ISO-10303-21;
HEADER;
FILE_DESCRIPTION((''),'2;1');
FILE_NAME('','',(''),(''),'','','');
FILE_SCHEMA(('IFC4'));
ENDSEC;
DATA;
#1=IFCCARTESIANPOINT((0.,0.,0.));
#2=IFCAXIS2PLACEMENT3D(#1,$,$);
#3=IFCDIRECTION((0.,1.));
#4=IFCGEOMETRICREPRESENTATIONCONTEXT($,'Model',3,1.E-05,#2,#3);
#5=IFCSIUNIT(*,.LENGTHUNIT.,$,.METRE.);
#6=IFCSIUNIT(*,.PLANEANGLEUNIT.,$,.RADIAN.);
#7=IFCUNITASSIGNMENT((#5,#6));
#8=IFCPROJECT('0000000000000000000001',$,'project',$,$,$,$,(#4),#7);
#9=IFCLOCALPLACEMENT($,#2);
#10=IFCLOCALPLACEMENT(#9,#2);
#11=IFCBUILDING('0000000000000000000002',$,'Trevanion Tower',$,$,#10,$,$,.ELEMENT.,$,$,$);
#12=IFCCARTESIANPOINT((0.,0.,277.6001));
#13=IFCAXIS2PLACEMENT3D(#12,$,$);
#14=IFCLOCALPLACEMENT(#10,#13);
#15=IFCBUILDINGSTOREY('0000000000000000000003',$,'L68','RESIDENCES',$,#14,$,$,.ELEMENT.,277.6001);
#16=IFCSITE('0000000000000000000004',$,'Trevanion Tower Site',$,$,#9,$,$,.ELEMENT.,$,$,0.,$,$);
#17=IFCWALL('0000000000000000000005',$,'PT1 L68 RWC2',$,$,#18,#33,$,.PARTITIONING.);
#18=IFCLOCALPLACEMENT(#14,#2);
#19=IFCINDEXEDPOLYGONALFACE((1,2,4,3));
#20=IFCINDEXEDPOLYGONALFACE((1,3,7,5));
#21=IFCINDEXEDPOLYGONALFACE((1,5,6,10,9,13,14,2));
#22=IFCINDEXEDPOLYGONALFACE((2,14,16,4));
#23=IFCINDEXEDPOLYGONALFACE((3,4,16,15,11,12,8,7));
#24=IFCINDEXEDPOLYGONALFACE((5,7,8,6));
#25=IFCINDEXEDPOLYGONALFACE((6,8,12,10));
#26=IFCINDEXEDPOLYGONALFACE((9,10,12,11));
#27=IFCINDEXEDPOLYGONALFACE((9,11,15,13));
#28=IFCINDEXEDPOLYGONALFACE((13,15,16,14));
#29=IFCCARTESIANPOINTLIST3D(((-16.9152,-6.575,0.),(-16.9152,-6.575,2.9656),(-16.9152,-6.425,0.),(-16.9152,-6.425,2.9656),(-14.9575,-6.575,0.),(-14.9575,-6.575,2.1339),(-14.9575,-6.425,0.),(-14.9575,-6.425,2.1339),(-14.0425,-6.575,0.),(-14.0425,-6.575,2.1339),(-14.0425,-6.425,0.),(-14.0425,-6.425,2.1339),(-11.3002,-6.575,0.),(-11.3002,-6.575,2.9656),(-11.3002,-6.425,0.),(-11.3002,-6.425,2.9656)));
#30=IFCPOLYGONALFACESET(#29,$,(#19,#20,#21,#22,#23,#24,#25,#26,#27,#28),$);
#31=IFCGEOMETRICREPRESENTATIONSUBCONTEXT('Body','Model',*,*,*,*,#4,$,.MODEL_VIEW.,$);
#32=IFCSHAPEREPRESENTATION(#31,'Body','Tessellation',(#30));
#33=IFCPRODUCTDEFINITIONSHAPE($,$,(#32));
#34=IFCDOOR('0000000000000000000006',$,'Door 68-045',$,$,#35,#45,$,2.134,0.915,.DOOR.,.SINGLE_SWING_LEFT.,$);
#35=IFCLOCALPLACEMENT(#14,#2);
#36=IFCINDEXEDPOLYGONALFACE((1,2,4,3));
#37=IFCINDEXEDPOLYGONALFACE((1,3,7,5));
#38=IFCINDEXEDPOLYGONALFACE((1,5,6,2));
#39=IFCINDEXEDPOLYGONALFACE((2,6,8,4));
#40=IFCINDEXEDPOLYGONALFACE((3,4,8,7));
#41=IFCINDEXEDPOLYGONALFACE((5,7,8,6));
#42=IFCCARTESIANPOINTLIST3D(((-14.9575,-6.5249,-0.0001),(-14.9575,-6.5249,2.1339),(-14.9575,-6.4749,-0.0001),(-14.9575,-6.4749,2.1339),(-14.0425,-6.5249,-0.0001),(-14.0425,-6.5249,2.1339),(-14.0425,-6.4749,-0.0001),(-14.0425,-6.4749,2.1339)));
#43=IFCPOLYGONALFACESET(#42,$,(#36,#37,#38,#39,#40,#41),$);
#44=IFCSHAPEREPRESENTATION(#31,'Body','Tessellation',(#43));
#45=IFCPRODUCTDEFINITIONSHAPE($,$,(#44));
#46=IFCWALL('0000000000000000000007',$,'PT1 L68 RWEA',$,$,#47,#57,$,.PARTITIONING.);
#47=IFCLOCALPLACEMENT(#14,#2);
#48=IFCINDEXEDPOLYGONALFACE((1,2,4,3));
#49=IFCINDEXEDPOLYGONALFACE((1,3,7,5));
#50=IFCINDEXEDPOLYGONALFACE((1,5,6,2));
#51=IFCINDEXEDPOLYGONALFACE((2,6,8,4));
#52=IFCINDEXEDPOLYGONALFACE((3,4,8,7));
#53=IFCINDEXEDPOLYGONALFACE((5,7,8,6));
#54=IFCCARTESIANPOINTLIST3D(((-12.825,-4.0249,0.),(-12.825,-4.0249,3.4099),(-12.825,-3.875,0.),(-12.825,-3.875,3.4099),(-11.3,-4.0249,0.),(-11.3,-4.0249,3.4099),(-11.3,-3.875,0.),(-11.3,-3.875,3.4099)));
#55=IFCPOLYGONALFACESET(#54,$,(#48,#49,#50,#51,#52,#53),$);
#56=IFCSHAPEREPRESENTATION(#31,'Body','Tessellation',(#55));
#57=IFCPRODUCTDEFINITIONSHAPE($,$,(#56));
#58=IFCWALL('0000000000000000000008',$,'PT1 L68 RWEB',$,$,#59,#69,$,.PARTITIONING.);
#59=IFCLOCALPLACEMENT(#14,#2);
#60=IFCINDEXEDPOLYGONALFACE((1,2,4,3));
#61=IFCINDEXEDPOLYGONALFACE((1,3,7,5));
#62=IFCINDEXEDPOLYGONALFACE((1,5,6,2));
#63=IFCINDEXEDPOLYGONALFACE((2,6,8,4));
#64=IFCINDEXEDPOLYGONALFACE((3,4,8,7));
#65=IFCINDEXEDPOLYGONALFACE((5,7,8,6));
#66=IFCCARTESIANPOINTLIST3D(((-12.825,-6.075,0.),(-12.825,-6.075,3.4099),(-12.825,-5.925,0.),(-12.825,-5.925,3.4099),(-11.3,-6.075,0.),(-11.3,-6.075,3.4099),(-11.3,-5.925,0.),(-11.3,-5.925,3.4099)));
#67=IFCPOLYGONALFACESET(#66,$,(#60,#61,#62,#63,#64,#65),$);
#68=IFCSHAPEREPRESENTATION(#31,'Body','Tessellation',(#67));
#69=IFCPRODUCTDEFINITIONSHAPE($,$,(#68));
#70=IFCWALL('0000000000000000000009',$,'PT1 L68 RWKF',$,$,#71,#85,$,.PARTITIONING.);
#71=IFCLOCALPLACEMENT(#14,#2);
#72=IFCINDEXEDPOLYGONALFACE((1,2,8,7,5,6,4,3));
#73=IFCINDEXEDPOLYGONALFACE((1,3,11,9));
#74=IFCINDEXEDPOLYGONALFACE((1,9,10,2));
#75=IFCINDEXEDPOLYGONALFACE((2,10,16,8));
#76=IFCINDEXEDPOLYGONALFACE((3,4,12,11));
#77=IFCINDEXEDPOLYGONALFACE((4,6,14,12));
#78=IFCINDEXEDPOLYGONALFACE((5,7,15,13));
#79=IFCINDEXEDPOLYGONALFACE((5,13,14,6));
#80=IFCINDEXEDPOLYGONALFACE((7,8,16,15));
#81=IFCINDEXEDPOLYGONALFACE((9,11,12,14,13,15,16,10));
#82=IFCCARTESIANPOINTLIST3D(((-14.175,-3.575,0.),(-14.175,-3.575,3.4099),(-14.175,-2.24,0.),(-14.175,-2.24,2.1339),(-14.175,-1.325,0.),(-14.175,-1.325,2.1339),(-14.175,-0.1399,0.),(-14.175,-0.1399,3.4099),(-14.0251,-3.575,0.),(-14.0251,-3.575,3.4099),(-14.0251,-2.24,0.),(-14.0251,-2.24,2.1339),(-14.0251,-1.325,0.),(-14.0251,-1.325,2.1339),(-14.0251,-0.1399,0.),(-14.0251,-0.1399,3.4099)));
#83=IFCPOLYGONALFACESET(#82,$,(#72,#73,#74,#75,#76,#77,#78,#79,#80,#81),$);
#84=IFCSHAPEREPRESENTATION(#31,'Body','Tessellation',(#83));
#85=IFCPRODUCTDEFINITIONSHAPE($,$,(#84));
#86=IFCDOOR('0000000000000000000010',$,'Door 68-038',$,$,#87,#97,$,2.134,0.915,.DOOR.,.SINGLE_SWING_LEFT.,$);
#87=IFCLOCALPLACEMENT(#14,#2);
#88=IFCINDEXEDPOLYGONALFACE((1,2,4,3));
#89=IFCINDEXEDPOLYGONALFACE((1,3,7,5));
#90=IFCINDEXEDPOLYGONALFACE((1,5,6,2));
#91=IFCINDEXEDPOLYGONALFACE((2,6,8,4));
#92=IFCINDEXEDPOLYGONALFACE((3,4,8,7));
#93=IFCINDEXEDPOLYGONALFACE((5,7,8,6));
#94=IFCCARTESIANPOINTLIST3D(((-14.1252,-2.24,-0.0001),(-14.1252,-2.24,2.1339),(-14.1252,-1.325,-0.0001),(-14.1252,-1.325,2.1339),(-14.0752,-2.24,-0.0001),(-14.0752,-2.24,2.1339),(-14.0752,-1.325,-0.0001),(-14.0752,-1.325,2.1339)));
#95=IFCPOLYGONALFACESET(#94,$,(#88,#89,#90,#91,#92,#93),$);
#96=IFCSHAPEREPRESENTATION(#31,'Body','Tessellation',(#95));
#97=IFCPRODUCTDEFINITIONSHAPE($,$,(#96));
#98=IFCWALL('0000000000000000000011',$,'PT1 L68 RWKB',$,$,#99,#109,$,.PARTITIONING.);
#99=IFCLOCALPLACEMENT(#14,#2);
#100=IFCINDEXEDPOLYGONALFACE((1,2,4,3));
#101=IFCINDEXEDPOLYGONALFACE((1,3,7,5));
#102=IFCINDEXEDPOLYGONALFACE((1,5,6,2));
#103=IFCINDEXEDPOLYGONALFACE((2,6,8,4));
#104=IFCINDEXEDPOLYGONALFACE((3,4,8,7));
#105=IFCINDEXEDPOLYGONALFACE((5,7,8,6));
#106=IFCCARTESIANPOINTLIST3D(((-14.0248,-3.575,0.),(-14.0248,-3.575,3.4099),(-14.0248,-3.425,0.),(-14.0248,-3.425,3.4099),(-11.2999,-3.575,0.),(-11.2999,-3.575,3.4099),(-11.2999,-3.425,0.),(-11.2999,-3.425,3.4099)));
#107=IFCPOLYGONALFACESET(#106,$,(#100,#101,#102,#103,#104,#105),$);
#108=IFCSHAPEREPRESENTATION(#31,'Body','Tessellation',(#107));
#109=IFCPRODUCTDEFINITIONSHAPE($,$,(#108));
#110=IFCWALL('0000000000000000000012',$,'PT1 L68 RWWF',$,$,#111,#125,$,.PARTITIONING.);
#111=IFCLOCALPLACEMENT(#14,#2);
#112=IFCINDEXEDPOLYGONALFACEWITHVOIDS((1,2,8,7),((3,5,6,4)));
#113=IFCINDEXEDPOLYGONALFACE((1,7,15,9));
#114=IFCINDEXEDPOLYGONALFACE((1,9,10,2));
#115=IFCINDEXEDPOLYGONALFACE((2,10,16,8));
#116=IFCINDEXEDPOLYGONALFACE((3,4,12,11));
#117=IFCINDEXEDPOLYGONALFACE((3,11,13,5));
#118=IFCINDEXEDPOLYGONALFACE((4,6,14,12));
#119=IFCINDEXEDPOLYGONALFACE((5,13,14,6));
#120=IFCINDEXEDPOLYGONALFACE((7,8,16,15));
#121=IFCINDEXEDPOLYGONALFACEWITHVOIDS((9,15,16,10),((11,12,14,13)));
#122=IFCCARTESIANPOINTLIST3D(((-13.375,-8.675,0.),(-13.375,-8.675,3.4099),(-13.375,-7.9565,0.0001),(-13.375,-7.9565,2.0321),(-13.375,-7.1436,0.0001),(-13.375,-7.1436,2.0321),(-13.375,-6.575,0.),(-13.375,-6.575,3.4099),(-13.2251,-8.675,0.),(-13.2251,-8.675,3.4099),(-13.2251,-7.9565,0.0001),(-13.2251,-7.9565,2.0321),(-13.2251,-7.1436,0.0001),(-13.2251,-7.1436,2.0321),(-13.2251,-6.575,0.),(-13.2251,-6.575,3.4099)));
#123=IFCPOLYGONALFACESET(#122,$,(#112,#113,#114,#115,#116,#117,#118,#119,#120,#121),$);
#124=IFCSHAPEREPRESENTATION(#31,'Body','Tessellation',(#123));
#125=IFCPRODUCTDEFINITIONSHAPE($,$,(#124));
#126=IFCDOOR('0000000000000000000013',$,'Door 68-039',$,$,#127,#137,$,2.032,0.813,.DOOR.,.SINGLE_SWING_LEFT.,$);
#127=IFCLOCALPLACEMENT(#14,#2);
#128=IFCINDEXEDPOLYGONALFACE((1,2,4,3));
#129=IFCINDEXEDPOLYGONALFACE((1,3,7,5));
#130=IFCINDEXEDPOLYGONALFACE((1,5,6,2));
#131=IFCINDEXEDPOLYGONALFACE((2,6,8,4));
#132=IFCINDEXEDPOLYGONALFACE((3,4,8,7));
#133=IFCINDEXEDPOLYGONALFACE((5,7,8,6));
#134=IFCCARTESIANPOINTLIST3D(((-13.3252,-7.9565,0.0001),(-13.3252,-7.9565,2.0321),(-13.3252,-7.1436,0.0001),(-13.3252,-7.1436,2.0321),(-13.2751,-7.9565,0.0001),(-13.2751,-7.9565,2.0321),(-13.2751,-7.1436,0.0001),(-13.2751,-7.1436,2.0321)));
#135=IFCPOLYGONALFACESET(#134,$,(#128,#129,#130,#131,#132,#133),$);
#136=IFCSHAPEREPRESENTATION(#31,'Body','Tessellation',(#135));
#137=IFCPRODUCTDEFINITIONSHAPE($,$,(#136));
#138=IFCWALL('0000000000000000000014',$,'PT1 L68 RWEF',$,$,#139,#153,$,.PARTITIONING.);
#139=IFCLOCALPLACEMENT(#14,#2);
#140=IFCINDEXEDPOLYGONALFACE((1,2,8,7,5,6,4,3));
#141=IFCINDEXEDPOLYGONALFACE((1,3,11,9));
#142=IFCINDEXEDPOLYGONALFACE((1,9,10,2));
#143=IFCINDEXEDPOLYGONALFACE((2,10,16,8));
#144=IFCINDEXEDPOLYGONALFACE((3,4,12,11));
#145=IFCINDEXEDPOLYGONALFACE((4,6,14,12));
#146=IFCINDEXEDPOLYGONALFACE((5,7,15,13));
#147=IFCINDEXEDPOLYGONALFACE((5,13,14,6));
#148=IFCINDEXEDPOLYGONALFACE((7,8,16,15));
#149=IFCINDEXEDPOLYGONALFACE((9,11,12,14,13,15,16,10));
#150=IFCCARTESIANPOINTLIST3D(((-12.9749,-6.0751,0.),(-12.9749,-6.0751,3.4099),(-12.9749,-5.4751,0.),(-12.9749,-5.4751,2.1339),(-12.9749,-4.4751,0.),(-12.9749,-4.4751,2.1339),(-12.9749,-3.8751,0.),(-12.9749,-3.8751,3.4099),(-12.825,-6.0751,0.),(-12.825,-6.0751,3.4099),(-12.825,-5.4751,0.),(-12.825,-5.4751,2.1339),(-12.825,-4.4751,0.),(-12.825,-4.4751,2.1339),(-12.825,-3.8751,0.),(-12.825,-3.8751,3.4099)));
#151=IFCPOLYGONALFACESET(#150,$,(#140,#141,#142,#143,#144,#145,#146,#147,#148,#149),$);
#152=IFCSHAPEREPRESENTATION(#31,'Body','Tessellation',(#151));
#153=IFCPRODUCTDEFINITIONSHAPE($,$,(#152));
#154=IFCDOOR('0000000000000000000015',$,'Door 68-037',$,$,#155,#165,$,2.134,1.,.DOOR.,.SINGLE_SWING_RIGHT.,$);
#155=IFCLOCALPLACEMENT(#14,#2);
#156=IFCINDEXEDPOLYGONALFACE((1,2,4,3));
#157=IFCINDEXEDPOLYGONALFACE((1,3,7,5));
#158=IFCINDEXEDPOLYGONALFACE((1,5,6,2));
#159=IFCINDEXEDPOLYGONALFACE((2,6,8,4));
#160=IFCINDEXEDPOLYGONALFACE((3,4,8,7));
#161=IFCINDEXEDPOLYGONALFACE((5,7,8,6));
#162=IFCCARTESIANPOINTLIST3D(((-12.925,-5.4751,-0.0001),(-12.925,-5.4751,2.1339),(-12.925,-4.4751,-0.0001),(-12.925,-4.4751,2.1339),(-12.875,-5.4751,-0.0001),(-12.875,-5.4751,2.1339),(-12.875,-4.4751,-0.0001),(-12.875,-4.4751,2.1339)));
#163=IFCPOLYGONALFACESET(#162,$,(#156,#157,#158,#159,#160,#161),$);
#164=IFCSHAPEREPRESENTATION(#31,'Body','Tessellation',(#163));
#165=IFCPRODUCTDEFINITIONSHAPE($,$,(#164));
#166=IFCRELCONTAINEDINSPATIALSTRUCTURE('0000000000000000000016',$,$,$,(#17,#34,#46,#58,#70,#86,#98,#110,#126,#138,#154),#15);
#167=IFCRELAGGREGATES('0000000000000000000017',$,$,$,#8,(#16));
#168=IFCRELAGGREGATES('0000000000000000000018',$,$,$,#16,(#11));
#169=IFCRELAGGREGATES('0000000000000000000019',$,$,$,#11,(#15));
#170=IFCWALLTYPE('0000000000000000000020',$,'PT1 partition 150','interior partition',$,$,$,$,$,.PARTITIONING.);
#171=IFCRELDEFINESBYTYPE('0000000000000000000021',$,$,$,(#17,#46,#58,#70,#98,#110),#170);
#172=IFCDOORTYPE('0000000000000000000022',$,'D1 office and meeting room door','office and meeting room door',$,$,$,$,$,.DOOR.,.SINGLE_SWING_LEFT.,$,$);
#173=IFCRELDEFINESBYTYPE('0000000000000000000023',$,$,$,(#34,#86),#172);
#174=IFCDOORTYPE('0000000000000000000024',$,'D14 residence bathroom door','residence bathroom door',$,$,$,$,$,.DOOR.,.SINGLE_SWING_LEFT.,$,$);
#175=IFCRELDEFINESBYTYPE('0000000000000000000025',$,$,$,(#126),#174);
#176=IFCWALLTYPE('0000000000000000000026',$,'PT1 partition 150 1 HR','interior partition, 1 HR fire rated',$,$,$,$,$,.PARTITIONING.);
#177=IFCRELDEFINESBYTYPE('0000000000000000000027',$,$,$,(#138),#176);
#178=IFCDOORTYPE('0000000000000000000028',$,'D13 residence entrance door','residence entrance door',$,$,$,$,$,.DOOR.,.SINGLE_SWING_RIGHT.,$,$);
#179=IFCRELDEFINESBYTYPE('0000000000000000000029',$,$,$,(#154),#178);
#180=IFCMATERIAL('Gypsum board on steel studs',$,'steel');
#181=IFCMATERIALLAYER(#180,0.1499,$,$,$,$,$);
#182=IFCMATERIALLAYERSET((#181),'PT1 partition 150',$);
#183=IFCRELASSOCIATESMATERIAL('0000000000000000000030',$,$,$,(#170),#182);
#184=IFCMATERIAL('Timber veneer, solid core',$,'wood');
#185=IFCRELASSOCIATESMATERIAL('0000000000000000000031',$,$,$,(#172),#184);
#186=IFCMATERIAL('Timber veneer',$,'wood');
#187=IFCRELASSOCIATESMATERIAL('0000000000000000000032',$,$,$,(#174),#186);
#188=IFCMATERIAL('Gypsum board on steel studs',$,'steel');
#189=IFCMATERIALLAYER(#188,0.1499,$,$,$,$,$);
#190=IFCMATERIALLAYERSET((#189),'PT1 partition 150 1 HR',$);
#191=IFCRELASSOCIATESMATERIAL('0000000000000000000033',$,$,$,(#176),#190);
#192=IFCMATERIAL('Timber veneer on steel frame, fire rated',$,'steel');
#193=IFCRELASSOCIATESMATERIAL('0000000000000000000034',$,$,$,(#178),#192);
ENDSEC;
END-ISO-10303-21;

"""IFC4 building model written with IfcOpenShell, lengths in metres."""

from ifc_helpers import new_model, si_unit, direction, frame, frame_2d, origin, place, context, subcontext, project, spatial, rectangle, extrude, material, layer, layer_set, type_object, element, fill, save


model = new_model("IFC4")

# Units and contexts
model_context = context("Model", 3, precision=1e-05, world=origin(), true_north=direction((0.0, 1.0)))
body_context = subcontext(model_context, "Body", "Model", "MODEL_VIEW")
ifc_project = project(units=[si_unit("LENGTHUNIT", "METRE"), si_unit("PLANEANGLEUNIT", "RADIAN")], contexts=[model_context])

# Site, building, storey
site_placement = place(None, origin())
site = spatial("IfcSite", under=ifc_project, at=site_placement, Name="Trevanion Tower Site", CompositionType="ELEMENT", RefElevation=0.0)
building_placement = place(site_placement, origin())
building = spatial("IfcBuilding", under=site, at=building_placement, Name="Trevanion Tower", CompositionType="ELEMENT")
storey_placement = place(building_placement, frame((0.0, 0.0, 277.6001)))
storey = spatial("IfcBuildingStorey", under=building, at=storey_placement, Name="L68", Description="RESIDENCES", CompositionType="ELEMENT", Elevation=277.6001)

# Shared definitions
ifc_material_1 = material(Name="Gypsum board on steel studs", Category="steel")
ifc_layer_1 = layer(ifc_material_1, 0.1499)
ifc_layer_set_1 = layer_set([ifc_layer_1], Name="PT1 partition 150")
wall_type_1 = type_object("IfcWallType", Name="PT1 partition 150", Description="interior partition", PredefinedType="PARTITIONING", material=ifc_layer_set_1)
ifc_material_2 = material(Name="Timber veneer, solid core", Category="wood")
door_type_1 = type_object("IfcDoorType", Name="D1 office and meeting room door", Description="office and meeting room door", OperationType="SINGLE_SWING_LEFT", PredefinedType="DOOR", material=ifc_material_2)

# Wall, opening, door
wall_1_placement = place(storey_placement, frame((-11.3, -6.5, 0.0), z_axis=(0.0, 0.0, 1.0), x_axis=(-1.0, 0.0, 0.0)))
wall_1 = element("IfcWall", 1, at=wall_1_placement, inside=storey, type_object=wall_type_1, Name="PT1 L68 RWC2", PredefinedType="PARTITIONING", context=body_context, shape_type="SweptSolid", body=[
    extrude(rectangle(XDim=5.615, YDim=0.1499, at=frame_2d((2.8076, 0.0))), origin(), (0.0, 0.0, 1.0), 2.9656),
])
opening_1_placement = place(wall_1_placement, frame((2.7424, 0.0, 0.0)))
opening_1 = element("IfcOpeningElement", 2, at=opening_1_placement, cuts=wall_1, PredefinedType="OPENING", context=body_context, shape_type="SweptSolid", body=[
    extrude(rectangle(XDim=0.915, YDim=2.134, at=frame_2d((0.4575, 1.0669))), frame((0.0, 0.085, 0.0), z_axis=(0.0, -1.0, 0.0), x_axis=(1.0, 0.0, 0.0)), (0.0, 0.0, 1.0), 0.1699),
])
door_1_placement = place(opening_1_placement, origin())
door_1 = element("IfcDoor", 3, at=door_1_placement, inside=storey, type_object=door_type_1, Name="Door 68-045", OperationType="SINGLE_SWING_LEFT", OverallHeight=2.134, OverallWidth=0.915, PredefinedType="DOOR", context=body_context, shape_type="SweptSolid", body=[
    extrude(rectangle(XDim=0.915, YDim=2.134, at=frame_2d((0.4575, 1.0669))), frame((0.0, 0.0249, 0.0), z_axis=(0.0, -1.0, 0.0), x_axis=(1.0, 0.0, 0.0)), (0.0, 0.0, 1.0), 0.05),
])
fill(opening_1, door_1)

# Walls
for number, where, z_axis, x_axis, name in (
    (4, (-11.3, -3.95, 0.0), (0.0, 0.0, 1.0), (-1.0, 0.0, 0.0), "PT1 L68 RWEA"),
    (5, (-11.3, -6.0, 0.0), (0.0, 0.0, 1.0), (-1.0, 0.0, 0.0), "PT1 L68 RWEB"),
):
    element("IfcWall", number, at=place(storey_placement, frame(where, z_axis=z_axis, x_axis=x_axis)), inside=storey, type_object=wall_type_1, Name=name, PredefinedType="PARTITIONING", context=body_context, shape_type="SweptSolid", body=[
        extrude(rectangle(XDim=1.5249, YDim=0.1499, at=frame_2d((0.7625, 0.0))), origin(), (0.0, 0.0, 1.0), 3.4099),
    ])

# Wall, opening, door
wall_2_placement = place(storey_placement, frame((-14.1001, -0.1399, 0.0), z_axis=(0.0, 0.0, 1.0), x_axis=(0.0, -1.0, 0.0)))
wall_2 = element("IfcWall", 6, at=wall_2_placement, inside=storey, type_object=wall_type_1, Name="PT1 L68 RWKF", PredefinedType="PARTITIONING", context=body_context, shape_type="SweptSolid", body=[
    extrude(rectangle(XDim=3.4351, YDim=0.1499, at=frame_2d((1.7175, 0.0))), origin(), (0.0, 0.0, 1.0), 3.4099),
])
opening_2_placement = place(wall_2_placement, frame((1.1851, 0.0, 0.0)))
opening_2 = element("IfcOpeningElement", 7, at=opening_2_placement, cuts=wall_2, PredefinedType="OPENING", context=body_context, shape_type="SweptSolid", body=[
    extrude(rectangle(XDim=0.915, YDim=2.134, at=frame_2d((0.4575, 1.0669))), frame((0.0, 0.085, 0.0), z_axis=(0.0, -1.0, 0.0), x_axis=(1.0, 0.0, 0.0)), (0.0, 0.0, 1.0), 0.1699),
])
door_2_placement = place(opening_2_placement, origin())
door_2 = element("IfcDoor", 8, at=door_2_placement, inside=storey, type_object=door_type_1, Name="Door 68-038", OperationType="SINGLE_SWING_LEFT", OverallHeight=2.134, OverallWidth=0.915, PredefinedType="DOOR", context=body_context, shape_type="SweptSolid", body=[
    extrude(rectangle(XDim=0.915, YDim=2.134, at=frame_2d((0.4575, 1.0669))), frame((0.0, 0.0249, 0.0), z_axis=(0.0, -1.0, 0.0), x_axis=(1.0, 0.0, 0.0)), (0.0, 0.0, 1.0), 0.05),
])
fill(opening_2, door_2)

# Wall
wall_3_placement = place(storey_placement, frame((-11.3, -3.5, 0.0), z_axis=(0.0, 0.0, 1.0), x_axis=(-1.0, 0.0, 0.0)))
element("IfcWall", 9, at=wall_3_placement, inside=storey, type_object=wall_type_1, Name="PT1 L68 RWKB", PredefinedType="PARTITIONING", context=body_context, shape_type="SweptSolid", body=[
    extrude(rectangle(XDim=2.7249, YDim=0.1499, at=frame_2d((1.3623, 0.0))), origin(), (0.0, 0.0, 1.0), 3.4099),
])

# Walls, openings, doors
wall_4_placement = place(storey_placement, frame((-13.3, -6.575, 0.0), z_axis=(0.0, 0.0, 1.0), x_axis=(0.0, -1.0, 0.0)))
wall_4 = element("IfcWall", 10, at=wall_4_placement, inside=storey, type_object=wall_type_1, Name="PT1 L68 RWWF", PredefinedType="PARTITIONING", context=body_context, shape_type="SweptSolid", body=[
    extrude(rectangle(XDim=2.1001, YDim=0.1499, at=frame_2d((1.05, 0.0))), origin(), (0.0, 0.0, 1.0), 3.4099),
])
opening_3_placement = place(wall_4_placement, frame((0.5686, 0.0, 0.0)))
opening_3 = element("IfcOpeningElement", 11, at=opening_3_placement, cuts=wall_4, PredefinedType="OPENING", context=body_context, shape_type="SweptSolid", body=[
    extrude(rectangle(XDim=0.813, YDim=2.032, at=frame_2d((0.4065, 1.0161))), frame((0.0, 0.085, 0.0), z_axis=(0.0, -1.0, 0.0), x_axis=(1.0, 0.0, 0.0)), (0.0, 0.0, 1.0), 0.1699),
])
ifc_material_3 = material(Name="Timber veneer", Category="wood")
door_type_2 = type_object("IfcDoorType", Name="D14 residence bathroom door", Description="residence bathroom door", OperationType="SINGLE_SWING_LEFT", PredefinedType="DOOR", material=ifc_material_3)
door_3_placement = place(opening_3_placement, origin())
door_3 = element("IfcDoor", 12, at=door_3_placement, inside=storey, type_object=door_type_2, Name="Door 68-039", OperationType="SINGLE_SWING_LEFT", OverallHeight=2.032, OverallWidth=0.813, PredefinedType="DOOR", context=body_context, shape_type="SweptSolid", body=[
    extrude(rectangle(XDim=0.813, YDim=2.032, at=frame_2d((0.4065, 1.0161))), frame((0.0, 0.0249, 0.0), z_axis=(0.0, -1.0, 0.0), x_axis=(1.0, 0.0, 0.0)), (0.0, 0.0, 1.0), 0.05),
])
fill(opening_3, door_3)
ifc_material_4 = material(Name="Gypsum board on steel studs", Category="steel")
ifc_layer_2 = layer(ifc_material_4, 0.1499)
ifc_layer_set_2 = layer_set([ifc_layer_2], Name="PT1 partition 150 1 HR")
wall_type_2 = type_object("IfcWallType", Name="PT1 partition 150 1 HR", Description="interior partition, 1 HR fire rated", PredefinedType="PARTITIONING", material=ifc_layer_set_2)
wall_5_placement = place(storey_placement, frame((-12.8999, -3.875, 0.0), z_axis=(0.0, 0.0, 1.0), x_axis=(0.0, -1.0, 0.0)))
wall_5 = element("IfcWall", 13, at=wall_5_placement, inside=storey, type_object=wall_type_2, Name="PT1 L68 RWEF", PredefinedType="PARTITIONING", context=body_context, shape_type="SweptSolid", body=[
    extrude(rectangle(XDim=2.2, YDim=0.1499, at=frame_2d((1.1001, 0.0))), origin(), (0.0, 0.0, 1.0), 3.4099),
])
opening_4_placement = place(wall_5_placement, frame((0.6001, 0.0, 0.0)))
opening_4 = element("IfcOpeningElement", 14, at=opening_4_placement, cuts=wall_5, PredefinedType="OPENING", context=body_context, shape_type="SweptSolid", body=[
    extrude(rectangle(XDim=1.0, YDim=2.134, at=frame_2d((0.5, 1.0669))), frame((0.0, 0.085, 0.0), z_axis=(0.0, -1.0, 0.0), x_axis=(1.0, 0.0, 0.0)), (0.0, 0.0, 1.0), 0.1699),
])
ifc_material_5 = material(Name="Timber veneer on steel frame, fire rated", Category="steel")
door_type_3 = type_object("IfcDoorType", Name="D13 residence entrance door", Description="residence entrance door", OperationType="SINGLE_SWING_RIGHT", PredefinedType="DOOR", material=ifc_material_5)
door_4_placement = place(opening_4_placement, origin())
door_4 = element("IfcDoor", 15, at=door_4_placement, inside=storey, type_object=door_type_3, Name="Door 68-037", OperationType="SINGLE_SWING_RIGHT", OverallHeight=2.134, OverallWidth=1.0, PredefinedType="DOOR", context=body_context, shape_type="SweptSolid", body=[
    extrude(rectangle(XDim=1.0, YDim=2.134, at=frame_2d((0.5, 1.0669))), frame((0.0, 0.0249, 0.0), z_axis=(0.0, -1.0, 0.0), x_axis=(1.0, 0.0, 0.0)), (0.0, 0.0, 1.0), 0.05),
])
fill(opening_4, door_4)

save(model, "model.ifc")
